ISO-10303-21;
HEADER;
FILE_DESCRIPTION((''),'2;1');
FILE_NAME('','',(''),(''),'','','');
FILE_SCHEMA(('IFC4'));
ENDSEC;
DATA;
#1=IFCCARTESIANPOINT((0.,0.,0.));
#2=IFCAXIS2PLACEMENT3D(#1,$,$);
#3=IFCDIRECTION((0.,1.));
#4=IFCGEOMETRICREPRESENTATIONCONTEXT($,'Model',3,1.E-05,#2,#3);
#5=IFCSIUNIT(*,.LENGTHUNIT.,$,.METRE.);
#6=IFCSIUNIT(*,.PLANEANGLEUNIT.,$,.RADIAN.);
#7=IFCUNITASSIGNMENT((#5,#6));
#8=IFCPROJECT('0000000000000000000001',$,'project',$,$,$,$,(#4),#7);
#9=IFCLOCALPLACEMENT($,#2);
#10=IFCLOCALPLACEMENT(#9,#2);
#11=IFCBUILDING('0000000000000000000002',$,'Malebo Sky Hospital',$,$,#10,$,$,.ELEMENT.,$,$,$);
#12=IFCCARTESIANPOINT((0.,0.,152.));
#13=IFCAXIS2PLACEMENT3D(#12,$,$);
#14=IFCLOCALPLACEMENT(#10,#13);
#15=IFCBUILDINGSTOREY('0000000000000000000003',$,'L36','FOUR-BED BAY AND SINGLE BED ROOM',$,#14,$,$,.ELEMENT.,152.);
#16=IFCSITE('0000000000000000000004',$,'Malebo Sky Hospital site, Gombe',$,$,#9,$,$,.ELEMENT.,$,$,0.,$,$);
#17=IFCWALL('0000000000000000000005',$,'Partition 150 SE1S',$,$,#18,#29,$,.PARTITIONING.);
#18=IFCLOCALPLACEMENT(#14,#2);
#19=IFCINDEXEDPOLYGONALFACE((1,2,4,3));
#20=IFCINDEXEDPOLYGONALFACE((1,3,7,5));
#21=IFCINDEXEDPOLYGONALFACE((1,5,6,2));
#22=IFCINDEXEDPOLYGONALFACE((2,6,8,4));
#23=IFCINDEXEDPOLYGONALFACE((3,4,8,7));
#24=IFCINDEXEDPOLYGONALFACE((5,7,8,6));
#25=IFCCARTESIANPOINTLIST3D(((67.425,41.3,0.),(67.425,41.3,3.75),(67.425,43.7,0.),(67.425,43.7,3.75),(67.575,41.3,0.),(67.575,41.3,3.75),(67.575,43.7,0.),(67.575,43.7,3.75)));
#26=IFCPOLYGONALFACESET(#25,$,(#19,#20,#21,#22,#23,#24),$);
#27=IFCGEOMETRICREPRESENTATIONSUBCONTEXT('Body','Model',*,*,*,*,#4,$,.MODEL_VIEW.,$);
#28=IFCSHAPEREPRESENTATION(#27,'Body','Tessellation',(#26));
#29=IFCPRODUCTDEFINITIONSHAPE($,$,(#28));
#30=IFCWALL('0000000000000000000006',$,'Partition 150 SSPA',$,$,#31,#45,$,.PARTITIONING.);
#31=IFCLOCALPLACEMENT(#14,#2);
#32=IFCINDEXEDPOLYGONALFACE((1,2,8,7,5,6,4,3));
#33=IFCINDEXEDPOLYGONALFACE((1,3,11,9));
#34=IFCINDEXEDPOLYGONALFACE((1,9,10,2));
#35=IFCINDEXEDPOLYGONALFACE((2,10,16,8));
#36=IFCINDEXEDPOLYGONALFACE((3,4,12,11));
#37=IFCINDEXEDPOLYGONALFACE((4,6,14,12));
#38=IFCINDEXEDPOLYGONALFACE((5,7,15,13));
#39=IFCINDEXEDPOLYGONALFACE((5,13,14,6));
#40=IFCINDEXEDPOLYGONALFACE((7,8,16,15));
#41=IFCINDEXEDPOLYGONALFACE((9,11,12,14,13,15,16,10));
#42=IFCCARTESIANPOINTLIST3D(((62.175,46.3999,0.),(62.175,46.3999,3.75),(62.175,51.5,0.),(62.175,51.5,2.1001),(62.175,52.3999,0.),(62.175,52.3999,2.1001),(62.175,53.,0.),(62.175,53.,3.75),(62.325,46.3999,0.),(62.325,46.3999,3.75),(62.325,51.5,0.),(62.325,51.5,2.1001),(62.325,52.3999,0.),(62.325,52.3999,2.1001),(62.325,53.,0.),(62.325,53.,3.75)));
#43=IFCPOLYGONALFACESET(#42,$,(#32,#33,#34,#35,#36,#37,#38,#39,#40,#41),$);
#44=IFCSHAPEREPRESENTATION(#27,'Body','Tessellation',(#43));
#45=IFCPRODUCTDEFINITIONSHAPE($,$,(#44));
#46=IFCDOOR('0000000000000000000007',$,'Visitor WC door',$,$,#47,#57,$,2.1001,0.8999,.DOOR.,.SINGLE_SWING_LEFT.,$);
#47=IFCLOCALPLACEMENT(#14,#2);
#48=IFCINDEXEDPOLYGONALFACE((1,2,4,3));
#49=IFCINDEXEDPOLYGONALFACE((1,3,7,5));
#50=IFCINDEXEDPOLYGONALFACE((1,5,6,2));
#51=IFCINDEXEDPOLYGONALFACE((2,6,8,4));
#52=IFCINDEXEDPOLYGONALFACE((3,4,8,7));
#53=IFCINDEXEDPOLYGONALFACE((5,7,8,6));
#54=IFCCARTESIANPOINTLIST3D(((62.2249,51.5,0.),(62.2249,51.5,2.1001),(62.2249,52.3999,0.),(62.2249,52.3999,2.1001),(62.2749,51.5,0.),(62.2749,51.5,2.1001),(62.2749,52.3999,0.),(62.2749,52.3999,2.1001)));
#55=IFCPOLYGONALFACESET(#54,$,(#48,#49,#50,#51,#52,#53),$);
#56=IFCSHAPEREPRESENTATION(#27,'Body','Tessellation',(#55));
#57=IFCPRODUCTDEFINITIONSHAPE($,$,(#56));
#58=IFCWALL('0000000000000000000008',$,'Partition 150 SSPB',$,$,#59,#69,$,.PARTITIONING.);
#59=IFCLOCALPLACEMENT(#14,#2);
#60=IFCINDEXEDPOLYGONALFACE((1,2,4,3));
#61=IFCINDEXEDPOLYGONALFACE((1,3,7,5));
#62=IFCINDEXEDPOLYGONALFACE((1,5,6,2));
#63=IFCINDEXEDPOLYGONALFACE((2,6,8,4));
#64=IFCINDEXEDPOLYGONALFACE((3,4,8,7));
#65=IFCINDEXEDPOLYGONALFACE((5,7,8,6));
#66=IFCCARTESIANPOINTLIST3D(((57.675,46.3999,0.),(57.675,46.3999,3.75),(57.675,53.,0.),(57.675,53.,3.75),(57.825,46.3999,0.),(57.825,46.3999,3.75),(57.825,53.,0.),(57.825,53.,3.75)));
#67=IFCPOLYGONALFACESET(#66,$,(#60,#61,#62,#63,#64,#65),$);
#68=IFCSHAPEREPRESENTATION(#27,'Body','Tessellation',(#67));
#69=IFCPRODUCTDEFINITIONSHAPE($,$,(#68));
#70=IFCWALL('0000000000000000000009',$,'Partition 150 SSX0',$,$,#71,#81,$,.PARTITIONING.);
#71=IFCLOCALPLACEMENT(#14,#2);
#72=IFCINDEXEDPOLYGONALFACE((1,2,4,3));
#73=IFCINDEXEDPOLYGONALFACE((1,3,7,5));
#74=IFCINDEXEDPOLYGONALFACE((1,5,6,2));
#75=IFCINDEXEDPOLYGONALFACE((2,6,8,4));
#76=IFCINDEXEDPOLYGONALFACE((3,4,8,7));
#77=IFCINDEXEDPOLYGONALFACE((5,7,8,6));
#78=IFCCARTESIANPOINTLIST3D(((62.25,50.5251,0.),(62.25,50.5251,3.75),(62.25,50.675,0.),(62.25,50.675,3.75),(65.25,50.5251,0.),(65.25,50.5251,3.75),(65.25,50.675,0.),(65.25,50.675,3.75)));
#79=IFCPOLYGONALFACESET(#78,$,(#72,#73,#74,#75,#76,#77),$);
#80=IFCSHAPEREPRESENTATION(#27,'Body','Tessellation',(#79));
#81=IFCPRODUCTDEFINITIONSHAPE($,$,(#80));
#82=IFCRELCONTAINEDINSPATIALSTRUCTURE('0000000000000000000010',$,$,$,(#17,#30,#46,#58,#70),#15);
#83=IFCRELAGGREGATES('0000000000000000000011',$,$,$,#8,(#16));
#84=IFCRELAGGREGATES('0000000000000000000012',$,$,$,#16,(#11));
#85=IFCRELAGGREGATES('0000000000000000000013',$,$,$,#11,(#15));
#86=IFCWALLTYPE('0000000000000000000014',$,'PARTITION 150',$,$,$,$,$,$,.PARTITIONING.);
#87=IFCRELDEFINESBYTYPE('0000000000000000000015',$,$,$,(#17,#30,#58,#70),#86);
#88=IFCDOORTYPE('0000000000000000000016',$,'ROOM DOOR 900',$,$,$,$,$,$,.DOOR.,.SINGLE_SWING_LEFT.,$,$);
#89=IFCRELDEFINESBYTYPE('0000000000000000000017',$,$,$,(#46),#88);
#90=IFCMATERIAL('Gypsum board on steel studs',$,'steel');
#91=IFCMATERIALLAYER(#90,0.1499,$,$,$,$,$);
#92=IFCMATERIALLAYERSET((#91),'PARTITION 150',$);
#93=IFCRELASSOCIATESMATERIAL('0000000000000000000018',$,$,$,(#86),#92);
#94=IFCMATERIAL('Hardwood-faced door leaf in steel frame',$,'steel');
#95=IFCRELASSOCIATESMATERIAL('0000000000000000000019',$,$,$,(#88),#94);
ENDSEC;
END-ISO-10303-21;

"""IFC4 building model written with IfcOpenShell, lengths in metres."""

from ifc_helpers import new_model, si_unit, direction, frame, frame_2d, origin, place, context, subcontext, project, spatial, rectangle, extrude, material, layer, layer_set, type_object, element, fill, save


model = new_model("IFC4")

# Units and contexts
model_context = context("Model", 3, precision=1e-05, world=origin(), true_north=direction((0.0, 1.0)))
body_context = subcontext(model_context, "Body", "Model", "MODEL_VIEW")
ifc_project = project(units=[si_unit("LENGTHUNIT", "METRE"), si_unit("PLANEANGLEUNIT", "RADIAN")], contexts=[model_context])

# Site, building, storey
site_placement = place(None, origin())
site = spatial("IfcSite", under=ifc_project, at=site_placement, Name="Malebo Sky Hospital site, Gombe", CompositionType="ELEMENT", RefElevation=0.0)
building_placement = place(site_placement, origin())
building = spatial("IfcBuilding", under=site, at=building_placement, Name="Malebo Sky Hospital", CompositionType="ELEMENT")
storey_placement = place(building_placement, frame((0.0, 0.0, 152.0)))
storey = spatial("IfcBuildingStorey", under=building, at=storey_placement, Name="L36", Description="FOUR-BED BAY AND SINGLE BED ROOM", CompositionType="ELEMENT", Elevation=152.0)

# Shared definitions
ifc_material_1 = material(Name="Gypsum board on steel studs", Category="steel")
ifc_material_2 = material(Name="Hardwood-faced door leaf in steel frame", Category="steel")

# Shared definitions
ifc_layer_1 = layer(ifc_material_1, 0.1499)
ifc_layer_set_1 = layer_set([ifc_layer_1], Name="PARTITION 150")
wall_type_1 = type_object("IfcWallType", Name="PARTITION 150", PredefinedType="PARTITIONING", material=ifc_layer_set_1)

# Wall
wall_1_placement = place(storey_placement, frame((67.5, 43.7, 0.0), z_axis=(0.0, 0.0, 1.0), x_axis=(0.0, -1.0, 0.0)))
element("IfcWall", 1, at=wall_1_placement, inside=storey, type_object=wall_type_1, Name="Partition 150 SE1S", PredefinedType="PARTITIONING", context=body_context, shape_type="SweptSolid", body=[
    extrude(rectangle(XDim=2.3999, YDim=0.1499, at=frame_2d((1.2, 0.0))), origin(), (0.0, 0.0, 1.0), 3.75),
])

# Wall, opening, door
wall_2_placement = place(storey_placement, frame((62.25, 53.0, 0.0), z_axis=(0.0, 0.0, 1.0), x_axis=(0.0, -1.0, 0.0)))
wall_2 = element("IfcWall", 2, at=wall_2_placement, inside=storey, type_object=wall_type_1, Name="Partition 150 SSPA", PredefinedType="PARTITIONING", context=body_context, shape_type="SweptSolid", body=[
    extrude(rectangle(XDim=6.6001, YDim=0.1499, at=frame_2d((3.3, 0.0))), origin(), (0.0, 0.0, 1.0), 3.75),
])
opening_1_placement = place(wall_2_placement, frame((0.6001, 0.0, 0.0)))
opening_1 = element("IfcOpeningElement", 3, at=opening_1_placement, cuts=wall_2, PredefinedType="OPENING", context=body_context, shape_type="SweptSolid", body=[
    extrude(rectangle(XDim=0.8999, YDim=2.1001, at=frame_2d((0.45, 1.05))), frame((0.0, 0.085, 0.0), z_axis=(0.0, -1.0, 0.0), x_axis=(1.0, 0.0, 0.0)), (0.0, 0.0, 1.0), 0.1699),
])
door_type_1 = type_object("IfcDoorType", Name="ROOM DOOR 900", OperationType="SINGLE_SWING_LEFT", PredefinedType="DOOR", material=ifc_material_2)
door_1_placement = place(opening_1_placement, origin())
door_1 = element("IfcDoor", 4, at=door_1_placement, inside=storey, type_object=door_type_1, Name="Visitor WC door", OperationType="SINGLE_SWING_LEFT", OverallHeight=2.1001, OverallWidth=0.8999, PredefinedType="DOOR", context=body_context, shape_type="SweptSolid", body=[
    extrude(rectangle(XDim=0.8999, YDim=2.1001, at=frame_2d((0.45, 1.05))), frame((0.0, 0.0249, 0.0), z_axis=(0.0, -1.0, 0.0), x_axis=(1.0, 0.0, 0.0)), (0.0, 0.0, 1.0), 0.05),
])
fill(opening_1, door_1)

# Walls
wall_3_placement = place(storey_placement, frame((57.75, 53.0, 0.0), z_axis=(0.0, 0.0, 1.0), x_axis=(0.0, -1.0, 0.0)))
element("IfcWall", 5, at=wall_3_placement, inside=storey, type_object=wall_type_1, Name="Partition 150 SSPB", PredefinedType="PARTITIONING", context=body_context, shape_type="SweptSolid", body=[
    extrude(rectangle(XDim=6.6001, YDim=0.1499, at=frame_2d((3.3, 0.0))), origin(), (0.0, 0.0, 1.0), 3.75),
])
wall_4_placement = place(storey_placement, frame((65.25, 50.6001, 0.0), z_axis=(0.0, 0.0, 1.0), x_axis=(-1.0, 0.0, 0.0)))
element("IfcWall", 6, at=wall_4_placement, inside=storey, type_object=wall_type_1, Name="Partition 150 SSX0", PredefinedType="PARTITIONING", context=body_context, shape_type="SweptSolid", body=[
    extrude(rectangle(XDim=3.0, YDim=0.1499, at=frame_2d((1.5, 0.0))), origin(), (0.0, 0.0, 1.0), 3.75),
])

save(model, "model.ifc")
